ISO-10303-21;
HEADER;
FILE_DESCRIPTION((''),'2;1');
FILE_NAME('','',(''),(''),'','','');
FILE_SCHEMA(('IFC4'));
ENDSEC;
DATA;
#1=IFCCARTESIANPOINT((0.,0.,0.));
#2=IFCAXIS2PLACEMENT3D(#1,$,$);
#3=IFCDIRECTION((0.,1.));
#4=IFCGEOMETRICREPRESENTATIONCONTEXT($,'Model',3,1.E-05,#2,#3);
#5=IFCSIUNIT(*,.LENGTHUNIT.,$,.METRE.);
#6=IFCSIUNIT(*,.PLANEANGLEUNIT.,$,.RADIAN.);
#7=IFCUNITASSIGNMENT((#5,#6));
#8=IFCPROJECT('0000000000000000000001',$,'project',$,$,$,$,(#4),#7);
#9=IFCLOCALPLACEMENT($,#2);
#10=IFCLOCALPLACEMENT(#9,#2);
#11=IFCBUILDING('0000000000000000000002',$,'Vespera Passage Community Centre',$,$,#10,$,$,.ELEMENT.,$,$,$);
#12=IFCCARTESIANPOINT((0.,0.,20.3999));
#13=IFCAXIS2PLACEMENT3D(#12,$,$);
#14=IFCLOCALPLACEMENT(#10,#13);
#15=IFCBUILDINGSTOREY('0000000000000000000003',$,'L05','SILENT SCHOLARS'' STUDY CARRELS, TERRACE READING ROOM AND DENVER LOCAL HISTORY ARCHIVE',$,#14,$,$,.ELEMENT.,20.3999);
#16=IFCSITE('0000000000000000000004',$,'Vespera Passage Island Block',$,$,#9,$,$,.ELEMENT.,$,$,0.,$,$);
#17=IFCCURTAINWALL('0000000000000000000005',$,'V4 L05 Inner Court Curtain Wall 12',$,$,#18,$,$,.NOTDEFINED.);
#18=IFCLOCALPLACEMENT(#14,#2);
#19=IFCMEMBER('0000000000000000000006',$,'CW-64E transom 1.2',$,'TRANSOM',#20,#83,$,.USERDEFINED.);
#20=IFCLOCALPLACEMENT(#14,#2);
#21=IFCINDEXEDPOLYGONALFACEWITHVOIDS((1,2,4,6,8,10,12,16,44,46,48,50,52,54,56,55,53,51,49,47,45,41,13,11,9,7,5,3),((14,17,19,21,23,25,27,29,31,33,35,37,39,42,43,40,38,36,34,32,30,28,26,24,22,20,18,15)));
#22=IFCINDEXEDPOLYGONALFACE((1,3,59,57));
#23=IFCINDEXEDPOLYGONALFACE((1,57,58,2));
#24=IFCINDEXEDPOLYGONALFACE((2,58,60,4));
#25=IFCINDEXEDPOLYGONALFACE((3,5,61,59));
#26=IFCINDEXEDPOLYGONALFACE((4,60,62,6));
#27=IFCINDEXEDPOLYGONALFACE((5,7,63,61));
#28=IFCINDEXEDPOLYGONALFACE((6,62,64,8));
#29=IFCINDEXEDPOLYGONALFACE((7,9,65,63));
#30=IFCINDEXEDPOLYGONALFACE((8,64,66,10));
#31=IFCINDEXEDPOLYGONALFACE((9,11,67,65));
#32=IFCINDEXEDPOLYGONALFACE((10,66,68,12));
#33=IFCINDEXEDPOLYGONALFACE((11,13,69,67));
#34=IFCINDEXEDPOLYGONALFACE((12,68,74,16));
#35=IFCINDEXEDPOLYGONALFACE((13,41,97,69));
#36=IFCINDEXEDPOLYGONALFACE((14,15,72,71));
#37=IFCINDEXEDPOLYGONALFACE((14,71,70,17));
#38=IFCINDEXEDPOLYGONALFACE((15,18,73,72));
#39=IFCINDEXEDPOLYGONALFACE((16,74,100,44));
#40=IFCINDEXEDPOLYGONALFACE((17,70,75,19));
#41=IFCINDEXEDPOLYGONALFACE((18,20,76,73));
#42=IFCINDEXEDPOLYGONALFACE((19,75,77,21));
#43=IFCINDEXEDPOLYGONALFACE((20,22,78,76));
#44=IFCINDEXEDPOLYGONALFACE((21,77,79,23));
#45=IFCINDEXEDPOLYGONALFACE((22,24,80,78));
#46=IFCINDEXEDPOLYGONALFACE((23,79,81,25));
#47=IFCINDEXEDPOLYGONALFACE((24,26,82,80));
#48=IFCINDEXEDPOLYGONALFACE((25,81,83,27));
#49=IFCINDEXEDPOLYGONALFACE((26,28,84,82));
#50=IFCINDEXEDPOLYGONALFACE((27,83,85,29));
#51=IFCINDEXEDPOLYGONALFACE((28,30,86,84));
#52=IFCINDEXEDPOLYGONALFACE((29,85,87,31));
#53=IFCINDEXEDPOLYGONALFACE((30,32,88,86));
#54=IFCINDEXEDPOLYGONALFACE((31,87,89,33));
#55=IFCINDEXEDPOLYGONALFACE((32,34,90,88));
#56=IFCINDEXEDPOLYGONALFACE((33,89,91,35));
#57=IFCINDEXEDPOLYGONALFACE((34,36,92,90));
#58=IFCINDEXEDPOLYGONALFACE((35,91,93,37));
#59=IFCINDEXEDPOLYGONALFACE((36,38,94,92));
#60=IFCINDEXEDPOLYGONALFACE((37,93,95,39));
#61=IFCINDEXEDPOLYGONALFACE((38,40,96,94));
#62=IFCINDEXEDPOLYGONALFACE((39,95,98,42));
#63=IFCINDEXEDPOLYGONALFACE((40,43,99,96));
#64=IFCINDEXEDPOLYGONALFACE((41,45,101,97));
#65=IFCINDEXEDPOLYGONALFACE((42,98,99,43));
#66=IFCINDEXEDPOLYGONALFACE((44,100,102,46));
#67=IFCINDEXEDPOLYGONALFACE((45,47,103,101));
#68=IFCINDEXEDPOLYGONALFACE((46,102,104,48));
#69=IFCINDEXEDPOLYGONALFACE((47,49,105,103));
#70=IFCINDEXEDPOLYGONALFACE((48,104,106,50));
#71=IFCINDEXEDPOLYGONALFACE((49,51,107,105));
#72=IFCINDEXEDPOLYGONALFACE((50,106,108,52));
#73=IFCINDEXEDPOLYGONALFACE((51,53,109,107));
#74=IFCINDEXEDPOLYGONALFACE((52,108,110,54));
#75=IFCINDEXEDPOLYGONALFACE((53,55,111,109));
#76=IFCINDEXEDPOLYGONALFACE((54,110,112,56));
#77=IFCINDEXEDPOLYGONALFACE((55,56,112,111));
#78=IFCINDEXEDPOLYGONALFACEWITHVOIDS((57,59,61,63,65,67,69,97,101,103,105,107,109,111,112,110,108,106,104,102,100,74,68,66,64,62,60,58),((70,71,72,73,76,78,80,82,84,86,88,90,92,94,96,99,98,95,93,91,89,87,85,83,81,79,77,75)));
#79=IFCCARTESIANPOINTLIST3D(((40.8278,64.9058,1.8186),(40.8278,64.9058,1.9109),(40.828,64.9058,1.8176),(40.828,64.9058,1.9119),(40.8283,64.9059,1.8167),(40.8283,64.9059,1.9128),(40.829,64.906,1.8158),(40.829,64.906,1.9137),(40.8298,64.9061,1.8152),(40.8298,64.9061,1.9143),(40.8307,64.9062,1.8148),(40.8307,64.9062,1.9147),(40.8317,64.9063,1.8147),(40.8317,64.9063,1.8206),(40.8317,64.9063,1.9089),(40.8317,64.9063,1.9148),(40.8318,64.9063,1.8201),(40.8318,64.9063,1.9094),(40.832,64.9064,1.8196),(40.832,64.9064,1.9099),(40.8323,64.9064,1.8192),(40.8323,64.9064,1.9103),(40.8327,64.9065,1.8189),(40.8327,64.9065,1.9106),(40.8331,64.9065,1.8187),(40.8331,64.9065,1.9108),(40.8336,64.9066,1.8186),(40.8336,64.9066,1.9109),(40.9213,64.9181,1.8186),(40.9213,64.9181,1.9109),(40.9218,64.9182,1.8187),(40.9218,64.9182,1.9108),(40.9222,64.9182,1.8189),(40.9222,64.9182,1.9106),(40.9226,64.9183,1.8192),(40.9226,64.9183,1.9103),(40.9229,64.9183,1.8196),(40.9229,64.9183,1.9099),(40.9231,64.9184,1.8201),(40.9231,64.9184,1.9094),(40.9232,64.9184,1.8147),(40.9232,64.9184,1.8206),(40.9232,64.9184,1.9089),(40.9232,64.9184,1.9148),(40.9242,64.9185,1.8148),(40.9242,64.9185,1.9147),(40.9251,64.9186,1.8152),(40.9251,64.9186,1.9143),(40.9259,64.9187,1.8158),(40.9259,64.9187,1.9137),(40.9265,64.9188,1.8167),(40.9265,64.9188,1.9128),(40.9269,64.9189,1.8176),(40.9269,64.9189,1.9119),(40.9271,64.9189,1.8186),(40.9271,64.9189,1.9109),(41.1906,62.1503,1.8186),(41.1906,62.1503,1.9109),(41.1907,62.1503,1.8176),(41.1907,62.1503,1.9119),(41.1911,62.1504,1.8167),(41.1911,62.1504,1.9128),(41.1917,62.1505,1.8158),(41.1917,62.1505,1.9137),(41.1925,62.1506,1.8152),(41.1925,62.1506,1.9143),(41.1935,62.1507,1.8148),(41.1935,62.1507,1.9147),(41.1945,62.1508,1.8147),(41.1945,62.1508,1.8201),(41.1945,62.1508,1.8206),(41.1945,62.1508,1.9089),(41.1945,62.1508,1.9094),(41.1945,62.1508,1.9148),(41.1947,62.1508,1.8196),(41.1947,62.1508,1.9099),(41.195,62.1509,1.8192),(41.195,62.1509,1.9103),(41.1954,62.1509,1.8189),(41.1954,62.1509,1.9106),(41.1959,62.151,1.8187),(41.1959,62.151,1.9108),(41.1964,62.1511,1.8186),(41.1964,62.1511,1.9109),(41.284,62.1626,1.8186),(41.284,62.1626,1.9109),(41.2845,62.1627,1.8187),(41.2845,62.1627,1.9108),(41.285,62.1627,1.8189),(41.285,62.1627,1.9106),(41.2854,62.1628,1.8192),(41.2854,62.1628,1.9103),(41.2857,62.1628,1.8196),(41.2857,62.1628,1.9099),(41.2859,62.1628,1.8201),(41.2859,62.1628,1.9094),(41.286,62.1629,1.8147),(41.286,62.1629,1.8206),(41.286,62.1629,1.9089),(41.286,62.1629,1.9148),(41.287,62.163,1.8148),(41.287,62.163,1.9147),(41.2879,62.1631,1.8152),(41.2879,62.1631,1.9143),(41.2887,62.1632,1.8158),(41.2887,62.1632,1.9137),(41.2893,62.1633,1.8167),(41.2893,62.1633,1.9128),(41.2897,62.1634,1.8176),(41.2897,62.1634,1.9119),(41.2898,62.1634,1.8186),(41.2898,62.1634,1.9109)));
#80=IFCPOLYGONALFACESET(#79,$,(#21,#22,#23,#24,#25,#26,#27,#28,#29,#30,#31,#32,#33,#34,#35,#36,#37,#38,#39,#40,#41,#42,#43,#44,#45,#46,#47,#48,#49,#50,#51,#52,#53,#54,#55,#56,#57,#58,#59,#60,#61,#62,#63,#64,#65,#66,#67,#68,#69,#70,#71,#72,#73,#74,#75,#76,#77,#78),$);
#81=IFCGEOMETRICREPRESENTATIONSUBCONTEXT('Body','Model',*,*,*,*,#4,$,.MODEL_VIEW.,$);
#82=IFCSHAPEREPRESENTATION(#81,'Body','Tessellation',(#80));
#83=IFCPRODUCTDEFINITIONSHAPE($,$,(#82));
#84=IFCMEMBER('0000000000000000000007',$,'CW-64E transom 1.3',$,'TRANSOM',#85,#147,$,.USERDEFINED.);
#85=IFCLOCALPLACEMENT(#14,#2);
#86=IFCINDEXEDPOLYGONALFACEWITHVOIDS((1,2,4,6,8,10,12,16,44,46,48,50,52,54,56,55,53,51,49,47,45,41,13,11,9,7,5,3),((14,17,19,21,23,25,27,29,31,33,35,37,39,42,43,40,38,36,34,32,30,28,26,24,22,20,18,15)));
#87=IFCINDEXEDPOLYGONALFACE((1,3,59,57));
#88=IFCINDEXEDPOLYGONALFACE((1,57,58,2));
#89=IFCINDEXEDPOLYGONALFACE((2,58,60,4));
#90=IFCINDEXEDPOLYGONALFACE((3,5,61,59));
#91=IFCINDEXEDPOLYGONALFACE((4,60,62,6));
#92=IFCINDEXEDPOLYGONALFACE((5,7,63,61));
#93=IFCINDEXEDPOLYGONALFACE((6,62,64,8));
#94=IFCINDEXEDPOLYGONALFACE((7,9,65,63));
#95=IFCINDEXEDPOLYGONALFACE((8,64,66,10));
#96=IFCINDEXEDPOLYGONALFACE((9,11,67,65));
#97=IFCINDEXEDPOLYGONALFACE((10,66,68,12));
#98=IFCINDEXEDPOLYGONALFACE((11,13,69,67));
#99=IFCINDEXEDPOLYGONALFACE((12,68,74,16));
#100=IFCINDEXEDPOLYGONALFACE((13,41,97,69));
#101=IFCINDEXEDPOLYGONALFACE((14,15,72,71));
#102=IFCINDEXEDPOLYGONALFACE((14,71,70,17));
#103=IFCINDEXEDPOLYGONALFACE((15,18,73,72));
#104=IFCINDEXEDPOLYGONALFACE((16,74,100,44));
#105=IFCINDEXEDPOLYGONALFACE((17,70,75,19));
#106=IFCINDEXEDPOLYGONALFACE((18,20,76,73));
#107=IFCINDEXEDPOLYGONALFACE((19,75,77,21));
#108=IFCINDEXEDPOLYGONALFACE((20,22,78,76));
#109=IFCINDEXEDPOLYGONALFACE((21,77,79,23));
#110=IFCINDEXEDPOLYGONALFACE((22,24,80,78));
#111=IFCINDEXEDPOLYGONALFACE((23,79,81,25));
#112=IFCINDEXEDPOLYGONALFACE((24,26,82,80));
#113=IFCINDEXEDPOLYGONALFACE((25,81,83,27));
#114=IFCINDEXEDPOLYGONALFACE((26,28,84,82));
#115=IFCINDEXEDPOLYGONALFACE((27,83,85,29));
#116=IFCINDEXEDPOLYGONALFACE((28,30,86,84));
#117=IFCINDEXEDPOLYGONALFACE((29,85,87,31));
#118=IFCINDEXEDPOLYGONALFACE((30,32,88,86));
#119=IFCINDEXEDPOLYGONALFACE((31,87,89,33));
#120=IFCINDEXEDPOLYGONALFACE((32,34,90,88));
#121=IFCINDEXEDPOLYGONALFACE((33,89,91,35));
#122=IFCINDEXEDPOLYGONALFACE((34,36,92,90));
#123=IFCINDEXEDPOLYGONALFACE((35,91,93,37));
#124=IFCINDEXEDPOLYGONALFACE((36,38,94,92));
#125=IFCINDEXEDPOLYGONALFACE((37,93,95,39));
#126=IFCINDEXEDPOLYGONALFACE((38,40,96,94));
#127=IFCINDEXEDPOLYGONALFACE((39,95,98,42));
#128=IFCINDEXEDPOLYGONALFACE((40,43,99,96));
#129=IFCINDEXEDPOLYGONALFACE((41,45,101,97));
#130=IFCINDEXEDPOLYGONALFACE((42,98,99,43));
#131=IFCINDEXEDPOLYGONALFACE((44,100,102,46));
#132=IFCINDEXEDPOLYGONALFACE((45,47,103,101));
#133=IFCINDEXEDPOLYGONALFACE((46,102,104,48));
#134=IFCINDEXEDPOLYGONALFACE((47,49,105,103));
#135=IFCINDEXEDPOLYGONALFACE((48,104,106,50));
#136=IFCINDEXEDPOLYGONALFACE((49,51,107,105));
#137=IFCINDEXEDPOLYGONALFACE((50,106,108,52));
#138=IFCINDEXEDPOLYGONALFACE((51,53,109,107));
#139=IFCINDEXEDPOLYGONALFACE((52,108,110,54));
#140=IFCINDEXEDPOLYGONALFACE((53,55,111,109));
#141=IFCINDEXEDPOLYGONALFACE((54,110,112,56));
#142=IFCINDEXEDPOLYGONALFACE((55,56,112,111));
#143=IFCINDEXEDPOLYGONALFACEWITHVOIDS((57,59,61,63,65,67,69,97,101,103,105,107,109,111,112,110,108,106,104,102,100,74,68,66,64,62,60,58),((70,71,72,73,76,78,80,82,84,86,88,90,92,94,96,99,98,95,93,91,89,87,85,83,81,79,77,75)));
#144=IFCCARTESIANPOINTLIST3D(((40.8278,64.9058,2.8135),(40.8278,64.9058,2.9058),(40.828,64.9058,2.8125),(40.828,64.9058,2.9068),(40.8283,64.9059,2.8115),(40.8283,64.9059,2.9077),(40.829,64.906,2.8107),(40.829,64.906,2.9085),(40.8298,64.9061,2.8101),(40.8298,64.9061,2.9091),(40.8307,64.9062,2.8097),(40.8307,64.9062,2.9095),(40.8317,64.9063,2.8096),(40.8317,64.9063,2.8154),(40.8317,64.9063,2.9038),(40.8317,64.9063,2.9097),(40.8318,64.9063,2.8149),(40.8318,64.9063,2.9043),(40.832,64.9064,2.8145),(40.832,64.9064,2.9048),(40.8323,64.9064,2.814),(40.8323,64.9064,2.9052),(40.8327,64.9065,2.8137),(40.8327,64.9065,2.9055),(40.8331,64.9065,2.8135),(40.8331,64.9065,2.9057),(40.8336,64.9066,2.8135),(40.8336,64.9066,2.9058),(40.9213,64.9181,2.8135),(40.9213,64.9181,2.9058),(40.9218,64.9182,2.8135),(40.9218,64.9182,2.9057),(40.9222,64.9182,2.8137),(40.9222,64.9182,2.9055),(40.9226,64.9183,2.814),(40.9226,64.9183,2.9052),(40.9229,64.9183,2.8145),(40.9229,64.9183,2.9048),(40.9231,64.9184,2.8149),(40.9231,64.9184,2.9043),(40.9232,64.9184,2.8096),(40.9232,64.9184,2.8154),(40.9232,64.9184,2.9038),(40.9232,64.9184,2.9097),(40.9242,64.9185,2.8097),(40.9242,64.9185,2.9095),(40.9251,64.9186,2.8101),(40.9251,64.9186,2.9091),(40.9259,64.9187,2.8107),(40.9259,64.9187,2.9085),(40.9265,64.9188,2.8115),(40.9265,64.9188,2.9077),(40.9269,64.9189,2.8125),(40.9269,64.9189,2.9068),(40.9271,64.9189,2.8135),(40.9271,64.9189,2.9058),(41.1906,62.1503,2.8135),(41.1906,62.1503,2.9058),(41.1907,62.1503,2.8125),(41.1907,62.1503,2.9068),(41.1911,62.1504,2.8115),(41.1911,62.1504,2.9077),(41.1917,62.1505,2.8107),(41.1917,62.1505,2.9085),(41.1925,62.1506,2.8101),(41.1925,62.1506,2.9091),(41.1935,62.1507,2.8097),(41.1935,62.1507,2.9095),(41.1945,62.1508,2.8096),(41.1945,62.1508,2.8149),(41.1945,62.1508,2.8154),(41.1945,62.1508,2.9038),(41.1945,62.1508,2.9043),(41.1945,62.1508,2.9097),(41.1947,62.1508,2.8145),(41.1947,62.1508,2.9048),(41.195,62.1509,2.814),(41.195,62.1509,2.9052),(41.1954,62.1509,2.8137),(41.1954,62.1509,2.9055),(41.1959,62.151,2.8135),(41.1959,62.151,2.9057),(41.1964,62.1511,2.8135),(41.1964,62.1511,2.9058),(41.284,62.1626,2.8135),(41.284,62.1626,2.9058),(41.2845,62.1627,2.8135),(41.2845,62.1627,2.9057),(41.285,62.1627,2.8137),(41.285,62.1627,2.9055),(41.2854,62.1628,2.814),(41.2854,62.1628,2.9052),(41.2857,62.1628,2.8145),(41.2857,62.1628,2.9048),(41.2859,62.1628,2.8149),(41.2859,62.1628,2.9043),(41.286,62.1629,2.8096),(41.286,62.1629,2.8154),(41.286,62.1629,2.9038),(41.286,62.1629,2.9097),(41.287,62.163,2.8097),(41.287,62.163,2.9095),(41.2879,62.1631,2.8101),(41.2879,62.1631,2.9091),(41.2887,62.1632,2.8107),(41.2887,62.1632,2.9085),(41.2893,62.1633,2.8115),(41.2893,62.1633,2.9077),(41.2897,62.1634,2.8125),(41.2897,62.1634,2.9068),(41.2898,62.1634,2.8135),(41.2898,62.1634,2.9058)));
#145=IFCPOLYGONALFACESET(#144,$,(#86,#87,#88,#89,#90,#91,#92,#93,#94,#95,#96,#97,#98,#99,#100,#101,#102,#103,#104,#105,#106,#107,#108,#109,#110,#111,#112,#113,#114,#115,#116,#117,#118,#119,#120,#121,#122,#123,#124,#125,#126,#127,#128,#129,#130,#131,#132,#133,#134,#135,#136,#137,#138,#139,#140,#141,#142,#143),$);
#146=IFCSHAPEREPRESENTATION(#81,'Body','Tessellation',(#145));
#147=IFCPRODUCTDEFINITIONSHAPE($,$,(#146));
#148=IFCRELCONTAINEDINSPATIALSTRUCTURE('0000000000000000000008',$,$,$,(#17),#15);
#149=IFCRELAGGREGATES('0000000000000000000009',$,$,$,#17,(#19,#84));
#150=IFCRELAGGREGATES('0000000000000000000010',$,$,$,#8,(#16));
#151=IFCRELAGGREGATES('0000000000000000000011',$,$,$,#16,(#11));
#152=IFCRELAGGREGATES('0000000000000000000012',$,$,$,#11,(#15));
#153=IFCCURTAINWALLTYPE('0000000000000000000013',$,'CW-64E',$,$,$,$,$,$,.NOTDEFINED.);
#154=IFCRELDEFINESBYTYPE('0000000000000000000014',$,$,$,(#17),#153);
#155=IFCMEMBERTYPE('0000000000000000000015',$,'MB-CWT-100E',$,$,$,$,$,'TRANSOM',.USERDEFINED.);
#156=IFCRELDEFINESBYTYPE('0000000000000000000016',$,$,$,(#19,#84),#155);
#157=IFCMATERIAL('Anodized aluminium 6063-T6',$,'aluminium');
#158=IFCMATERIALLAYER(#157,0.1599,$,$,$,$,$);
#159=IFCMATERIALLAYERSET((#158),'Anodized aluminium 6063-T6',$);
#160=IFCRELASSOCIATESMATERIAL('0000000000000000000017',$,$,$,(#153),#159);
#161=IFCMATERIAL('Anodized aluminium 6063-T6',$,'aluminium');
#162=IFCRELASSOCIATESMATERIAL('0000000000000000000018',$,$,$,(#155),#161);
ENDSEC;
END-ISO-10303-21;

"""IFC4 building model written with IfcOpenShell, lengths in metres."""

from ifc_helpers import new_model, si_unit, direction, frame, origin, origin_2d, place, context, subcontext, project, spatial, hollow_rectangle, extrude, material, layer, layer_set, material_profile, profile_set, type_object, element, aggregate, save


model = new_model("IFC4")

# Units and contexts
model_context = context("Model", 3, precision=1e-05, world=origin(), true_north=direction((0.0, 1.0)))
body_context = subcontext(model_context, "Body", "Model", "MODEL_VIEW")
ifc_project = project(units=[si_unit("LENGTHUNIT", "METRE"), si_unit("PLANEANGLEUNIT", "RADIAN")], contexts=[model_context])

# Site, building, storey
site_placement = place(None, origin())
site = spatial("IfcSite", under=ifc_project, at=site_placement, Name="Vespera Passage Island Block", CompositionType="ELEMENT", RefElevation=0.0)
building_placement = place(site_placement, origin())
building = spatial("IfcBuilding", under=site, at=building_placement, Name="Vespera Passage Community Centre", CompositionType="ELEMENT")
storey_placement = place(building_placement, frame((0.0, 0.0, 20.3999)))
storey = spatial("IfcBuildingStorey", under=building, at=storey_placement, Name="L05", Description="SILENT SCHOLARS' STUDY CARRELS, TERRACE READING ROOM AND DENVER LOCAL HISTORY ARCHIVE", CompositionType="ELEMENT", Elevation=20.3999)

# Curtain wall, members
ifc_material_1 = material(Name="Anodized aluminium 6063-T6", Category="aluminium")
ifc_layer_1 = layer(ifc_material_1, 0.1599)
ifc_layer_set_1 = layer_set([ifc_layer_1], Name="Anodized aluminium 6063-T6")
curtain_wall_type_1 = type_object("IfcCurtainWallType", Name="CW-64E", PredefinedType="NOTDEFINED", material=ifc_layer_set_1)
curtain_wall_1_placement = place(storey_placement, origin())
curtain_wall_1 = element("IfcCurtainWall", 1, at=curtain_wall_1_placement, inside=storey, type_object=curtain_wall_type_1, Name="V4 L05 Inner Court Curtain Wall 12", PredefinedType="NOTDEFINED")
ifc_material_2 = material(Name="Anodized aluminium 6063-T6", Category="aluminium")
ifc_material_profile_1 = material_profile(ifc_material_2, hollow_rectangle(XDim=0.1001, YDim=0.1001, WallThickness=0.0039, InnerFilletRadius=0.002, OuterFilletRadius=0.0039, at=origin_2d()), Name="ALU100X100X4")
ifc_profile_set_1 = profile_set([ifc_material_profile_1], Name="Anodized aluminium 6063-T6")
member_type_1 = type_object("IfcMemberType", Name="MB-CWT-100E", ElementType="TRANSOM", PredefinedType="USERDEFINED", material=ifc_profile_set_1)
member_1_placement = place(storey_placement, frame((40.8774, 64.9124, 1.8647), z_axis=(0.130529, -0.991444, 0.0), x_axis=(0.991444, 0.130529, 0.0)))
member_1 = element("IfcMember", 2, at=member_1_placement, type_object=member_type_1, Name="CW-64E transom 1.2", ObjectType="TRANSOM", PredefinedType="USERDEFINED", context=body_context, shape_type="SweptSolid", body=[
    extrude(hollow_rectangle(XDim=0.1001, YDim=0.1001, WallThickness=0.0039, InnerFilletRadius=0.002, OuterFilletRadius=0.0039, at=origin_2d()), origin(), (0.0, 0.0, 1.0), 2.7793),
])
member_2_placement = place(storey_placement, frame((40.8774, 64.9124, 2.8596), z_axis=(0.130529, -0.991444, 0.0), x_axis=(0.991444, 0.130529, 0.0)))
member_2 = element("IfcMember", 3, at=member_2_placement, type_object=member_type_1, Name="CW-64E transom 1.3", ObjectType="TRANSOM", PredefinedType="USERDEFINED", context=body_context, shape_type="SweptSolid", body=[
    extrude(hollow_rectangle(XDim=0.1001, YDim=0.1001, WallThickness=0.0039, InnerFilletRadius=0.002, OuterFilletRadius=0.0039, at=origin_2d()), origin(), (0.0, 0.0, 1.0), 2.7793),
])

aggregate(curtain_wall_1, [member_1, member_2])

save(model, "model.ifc")
